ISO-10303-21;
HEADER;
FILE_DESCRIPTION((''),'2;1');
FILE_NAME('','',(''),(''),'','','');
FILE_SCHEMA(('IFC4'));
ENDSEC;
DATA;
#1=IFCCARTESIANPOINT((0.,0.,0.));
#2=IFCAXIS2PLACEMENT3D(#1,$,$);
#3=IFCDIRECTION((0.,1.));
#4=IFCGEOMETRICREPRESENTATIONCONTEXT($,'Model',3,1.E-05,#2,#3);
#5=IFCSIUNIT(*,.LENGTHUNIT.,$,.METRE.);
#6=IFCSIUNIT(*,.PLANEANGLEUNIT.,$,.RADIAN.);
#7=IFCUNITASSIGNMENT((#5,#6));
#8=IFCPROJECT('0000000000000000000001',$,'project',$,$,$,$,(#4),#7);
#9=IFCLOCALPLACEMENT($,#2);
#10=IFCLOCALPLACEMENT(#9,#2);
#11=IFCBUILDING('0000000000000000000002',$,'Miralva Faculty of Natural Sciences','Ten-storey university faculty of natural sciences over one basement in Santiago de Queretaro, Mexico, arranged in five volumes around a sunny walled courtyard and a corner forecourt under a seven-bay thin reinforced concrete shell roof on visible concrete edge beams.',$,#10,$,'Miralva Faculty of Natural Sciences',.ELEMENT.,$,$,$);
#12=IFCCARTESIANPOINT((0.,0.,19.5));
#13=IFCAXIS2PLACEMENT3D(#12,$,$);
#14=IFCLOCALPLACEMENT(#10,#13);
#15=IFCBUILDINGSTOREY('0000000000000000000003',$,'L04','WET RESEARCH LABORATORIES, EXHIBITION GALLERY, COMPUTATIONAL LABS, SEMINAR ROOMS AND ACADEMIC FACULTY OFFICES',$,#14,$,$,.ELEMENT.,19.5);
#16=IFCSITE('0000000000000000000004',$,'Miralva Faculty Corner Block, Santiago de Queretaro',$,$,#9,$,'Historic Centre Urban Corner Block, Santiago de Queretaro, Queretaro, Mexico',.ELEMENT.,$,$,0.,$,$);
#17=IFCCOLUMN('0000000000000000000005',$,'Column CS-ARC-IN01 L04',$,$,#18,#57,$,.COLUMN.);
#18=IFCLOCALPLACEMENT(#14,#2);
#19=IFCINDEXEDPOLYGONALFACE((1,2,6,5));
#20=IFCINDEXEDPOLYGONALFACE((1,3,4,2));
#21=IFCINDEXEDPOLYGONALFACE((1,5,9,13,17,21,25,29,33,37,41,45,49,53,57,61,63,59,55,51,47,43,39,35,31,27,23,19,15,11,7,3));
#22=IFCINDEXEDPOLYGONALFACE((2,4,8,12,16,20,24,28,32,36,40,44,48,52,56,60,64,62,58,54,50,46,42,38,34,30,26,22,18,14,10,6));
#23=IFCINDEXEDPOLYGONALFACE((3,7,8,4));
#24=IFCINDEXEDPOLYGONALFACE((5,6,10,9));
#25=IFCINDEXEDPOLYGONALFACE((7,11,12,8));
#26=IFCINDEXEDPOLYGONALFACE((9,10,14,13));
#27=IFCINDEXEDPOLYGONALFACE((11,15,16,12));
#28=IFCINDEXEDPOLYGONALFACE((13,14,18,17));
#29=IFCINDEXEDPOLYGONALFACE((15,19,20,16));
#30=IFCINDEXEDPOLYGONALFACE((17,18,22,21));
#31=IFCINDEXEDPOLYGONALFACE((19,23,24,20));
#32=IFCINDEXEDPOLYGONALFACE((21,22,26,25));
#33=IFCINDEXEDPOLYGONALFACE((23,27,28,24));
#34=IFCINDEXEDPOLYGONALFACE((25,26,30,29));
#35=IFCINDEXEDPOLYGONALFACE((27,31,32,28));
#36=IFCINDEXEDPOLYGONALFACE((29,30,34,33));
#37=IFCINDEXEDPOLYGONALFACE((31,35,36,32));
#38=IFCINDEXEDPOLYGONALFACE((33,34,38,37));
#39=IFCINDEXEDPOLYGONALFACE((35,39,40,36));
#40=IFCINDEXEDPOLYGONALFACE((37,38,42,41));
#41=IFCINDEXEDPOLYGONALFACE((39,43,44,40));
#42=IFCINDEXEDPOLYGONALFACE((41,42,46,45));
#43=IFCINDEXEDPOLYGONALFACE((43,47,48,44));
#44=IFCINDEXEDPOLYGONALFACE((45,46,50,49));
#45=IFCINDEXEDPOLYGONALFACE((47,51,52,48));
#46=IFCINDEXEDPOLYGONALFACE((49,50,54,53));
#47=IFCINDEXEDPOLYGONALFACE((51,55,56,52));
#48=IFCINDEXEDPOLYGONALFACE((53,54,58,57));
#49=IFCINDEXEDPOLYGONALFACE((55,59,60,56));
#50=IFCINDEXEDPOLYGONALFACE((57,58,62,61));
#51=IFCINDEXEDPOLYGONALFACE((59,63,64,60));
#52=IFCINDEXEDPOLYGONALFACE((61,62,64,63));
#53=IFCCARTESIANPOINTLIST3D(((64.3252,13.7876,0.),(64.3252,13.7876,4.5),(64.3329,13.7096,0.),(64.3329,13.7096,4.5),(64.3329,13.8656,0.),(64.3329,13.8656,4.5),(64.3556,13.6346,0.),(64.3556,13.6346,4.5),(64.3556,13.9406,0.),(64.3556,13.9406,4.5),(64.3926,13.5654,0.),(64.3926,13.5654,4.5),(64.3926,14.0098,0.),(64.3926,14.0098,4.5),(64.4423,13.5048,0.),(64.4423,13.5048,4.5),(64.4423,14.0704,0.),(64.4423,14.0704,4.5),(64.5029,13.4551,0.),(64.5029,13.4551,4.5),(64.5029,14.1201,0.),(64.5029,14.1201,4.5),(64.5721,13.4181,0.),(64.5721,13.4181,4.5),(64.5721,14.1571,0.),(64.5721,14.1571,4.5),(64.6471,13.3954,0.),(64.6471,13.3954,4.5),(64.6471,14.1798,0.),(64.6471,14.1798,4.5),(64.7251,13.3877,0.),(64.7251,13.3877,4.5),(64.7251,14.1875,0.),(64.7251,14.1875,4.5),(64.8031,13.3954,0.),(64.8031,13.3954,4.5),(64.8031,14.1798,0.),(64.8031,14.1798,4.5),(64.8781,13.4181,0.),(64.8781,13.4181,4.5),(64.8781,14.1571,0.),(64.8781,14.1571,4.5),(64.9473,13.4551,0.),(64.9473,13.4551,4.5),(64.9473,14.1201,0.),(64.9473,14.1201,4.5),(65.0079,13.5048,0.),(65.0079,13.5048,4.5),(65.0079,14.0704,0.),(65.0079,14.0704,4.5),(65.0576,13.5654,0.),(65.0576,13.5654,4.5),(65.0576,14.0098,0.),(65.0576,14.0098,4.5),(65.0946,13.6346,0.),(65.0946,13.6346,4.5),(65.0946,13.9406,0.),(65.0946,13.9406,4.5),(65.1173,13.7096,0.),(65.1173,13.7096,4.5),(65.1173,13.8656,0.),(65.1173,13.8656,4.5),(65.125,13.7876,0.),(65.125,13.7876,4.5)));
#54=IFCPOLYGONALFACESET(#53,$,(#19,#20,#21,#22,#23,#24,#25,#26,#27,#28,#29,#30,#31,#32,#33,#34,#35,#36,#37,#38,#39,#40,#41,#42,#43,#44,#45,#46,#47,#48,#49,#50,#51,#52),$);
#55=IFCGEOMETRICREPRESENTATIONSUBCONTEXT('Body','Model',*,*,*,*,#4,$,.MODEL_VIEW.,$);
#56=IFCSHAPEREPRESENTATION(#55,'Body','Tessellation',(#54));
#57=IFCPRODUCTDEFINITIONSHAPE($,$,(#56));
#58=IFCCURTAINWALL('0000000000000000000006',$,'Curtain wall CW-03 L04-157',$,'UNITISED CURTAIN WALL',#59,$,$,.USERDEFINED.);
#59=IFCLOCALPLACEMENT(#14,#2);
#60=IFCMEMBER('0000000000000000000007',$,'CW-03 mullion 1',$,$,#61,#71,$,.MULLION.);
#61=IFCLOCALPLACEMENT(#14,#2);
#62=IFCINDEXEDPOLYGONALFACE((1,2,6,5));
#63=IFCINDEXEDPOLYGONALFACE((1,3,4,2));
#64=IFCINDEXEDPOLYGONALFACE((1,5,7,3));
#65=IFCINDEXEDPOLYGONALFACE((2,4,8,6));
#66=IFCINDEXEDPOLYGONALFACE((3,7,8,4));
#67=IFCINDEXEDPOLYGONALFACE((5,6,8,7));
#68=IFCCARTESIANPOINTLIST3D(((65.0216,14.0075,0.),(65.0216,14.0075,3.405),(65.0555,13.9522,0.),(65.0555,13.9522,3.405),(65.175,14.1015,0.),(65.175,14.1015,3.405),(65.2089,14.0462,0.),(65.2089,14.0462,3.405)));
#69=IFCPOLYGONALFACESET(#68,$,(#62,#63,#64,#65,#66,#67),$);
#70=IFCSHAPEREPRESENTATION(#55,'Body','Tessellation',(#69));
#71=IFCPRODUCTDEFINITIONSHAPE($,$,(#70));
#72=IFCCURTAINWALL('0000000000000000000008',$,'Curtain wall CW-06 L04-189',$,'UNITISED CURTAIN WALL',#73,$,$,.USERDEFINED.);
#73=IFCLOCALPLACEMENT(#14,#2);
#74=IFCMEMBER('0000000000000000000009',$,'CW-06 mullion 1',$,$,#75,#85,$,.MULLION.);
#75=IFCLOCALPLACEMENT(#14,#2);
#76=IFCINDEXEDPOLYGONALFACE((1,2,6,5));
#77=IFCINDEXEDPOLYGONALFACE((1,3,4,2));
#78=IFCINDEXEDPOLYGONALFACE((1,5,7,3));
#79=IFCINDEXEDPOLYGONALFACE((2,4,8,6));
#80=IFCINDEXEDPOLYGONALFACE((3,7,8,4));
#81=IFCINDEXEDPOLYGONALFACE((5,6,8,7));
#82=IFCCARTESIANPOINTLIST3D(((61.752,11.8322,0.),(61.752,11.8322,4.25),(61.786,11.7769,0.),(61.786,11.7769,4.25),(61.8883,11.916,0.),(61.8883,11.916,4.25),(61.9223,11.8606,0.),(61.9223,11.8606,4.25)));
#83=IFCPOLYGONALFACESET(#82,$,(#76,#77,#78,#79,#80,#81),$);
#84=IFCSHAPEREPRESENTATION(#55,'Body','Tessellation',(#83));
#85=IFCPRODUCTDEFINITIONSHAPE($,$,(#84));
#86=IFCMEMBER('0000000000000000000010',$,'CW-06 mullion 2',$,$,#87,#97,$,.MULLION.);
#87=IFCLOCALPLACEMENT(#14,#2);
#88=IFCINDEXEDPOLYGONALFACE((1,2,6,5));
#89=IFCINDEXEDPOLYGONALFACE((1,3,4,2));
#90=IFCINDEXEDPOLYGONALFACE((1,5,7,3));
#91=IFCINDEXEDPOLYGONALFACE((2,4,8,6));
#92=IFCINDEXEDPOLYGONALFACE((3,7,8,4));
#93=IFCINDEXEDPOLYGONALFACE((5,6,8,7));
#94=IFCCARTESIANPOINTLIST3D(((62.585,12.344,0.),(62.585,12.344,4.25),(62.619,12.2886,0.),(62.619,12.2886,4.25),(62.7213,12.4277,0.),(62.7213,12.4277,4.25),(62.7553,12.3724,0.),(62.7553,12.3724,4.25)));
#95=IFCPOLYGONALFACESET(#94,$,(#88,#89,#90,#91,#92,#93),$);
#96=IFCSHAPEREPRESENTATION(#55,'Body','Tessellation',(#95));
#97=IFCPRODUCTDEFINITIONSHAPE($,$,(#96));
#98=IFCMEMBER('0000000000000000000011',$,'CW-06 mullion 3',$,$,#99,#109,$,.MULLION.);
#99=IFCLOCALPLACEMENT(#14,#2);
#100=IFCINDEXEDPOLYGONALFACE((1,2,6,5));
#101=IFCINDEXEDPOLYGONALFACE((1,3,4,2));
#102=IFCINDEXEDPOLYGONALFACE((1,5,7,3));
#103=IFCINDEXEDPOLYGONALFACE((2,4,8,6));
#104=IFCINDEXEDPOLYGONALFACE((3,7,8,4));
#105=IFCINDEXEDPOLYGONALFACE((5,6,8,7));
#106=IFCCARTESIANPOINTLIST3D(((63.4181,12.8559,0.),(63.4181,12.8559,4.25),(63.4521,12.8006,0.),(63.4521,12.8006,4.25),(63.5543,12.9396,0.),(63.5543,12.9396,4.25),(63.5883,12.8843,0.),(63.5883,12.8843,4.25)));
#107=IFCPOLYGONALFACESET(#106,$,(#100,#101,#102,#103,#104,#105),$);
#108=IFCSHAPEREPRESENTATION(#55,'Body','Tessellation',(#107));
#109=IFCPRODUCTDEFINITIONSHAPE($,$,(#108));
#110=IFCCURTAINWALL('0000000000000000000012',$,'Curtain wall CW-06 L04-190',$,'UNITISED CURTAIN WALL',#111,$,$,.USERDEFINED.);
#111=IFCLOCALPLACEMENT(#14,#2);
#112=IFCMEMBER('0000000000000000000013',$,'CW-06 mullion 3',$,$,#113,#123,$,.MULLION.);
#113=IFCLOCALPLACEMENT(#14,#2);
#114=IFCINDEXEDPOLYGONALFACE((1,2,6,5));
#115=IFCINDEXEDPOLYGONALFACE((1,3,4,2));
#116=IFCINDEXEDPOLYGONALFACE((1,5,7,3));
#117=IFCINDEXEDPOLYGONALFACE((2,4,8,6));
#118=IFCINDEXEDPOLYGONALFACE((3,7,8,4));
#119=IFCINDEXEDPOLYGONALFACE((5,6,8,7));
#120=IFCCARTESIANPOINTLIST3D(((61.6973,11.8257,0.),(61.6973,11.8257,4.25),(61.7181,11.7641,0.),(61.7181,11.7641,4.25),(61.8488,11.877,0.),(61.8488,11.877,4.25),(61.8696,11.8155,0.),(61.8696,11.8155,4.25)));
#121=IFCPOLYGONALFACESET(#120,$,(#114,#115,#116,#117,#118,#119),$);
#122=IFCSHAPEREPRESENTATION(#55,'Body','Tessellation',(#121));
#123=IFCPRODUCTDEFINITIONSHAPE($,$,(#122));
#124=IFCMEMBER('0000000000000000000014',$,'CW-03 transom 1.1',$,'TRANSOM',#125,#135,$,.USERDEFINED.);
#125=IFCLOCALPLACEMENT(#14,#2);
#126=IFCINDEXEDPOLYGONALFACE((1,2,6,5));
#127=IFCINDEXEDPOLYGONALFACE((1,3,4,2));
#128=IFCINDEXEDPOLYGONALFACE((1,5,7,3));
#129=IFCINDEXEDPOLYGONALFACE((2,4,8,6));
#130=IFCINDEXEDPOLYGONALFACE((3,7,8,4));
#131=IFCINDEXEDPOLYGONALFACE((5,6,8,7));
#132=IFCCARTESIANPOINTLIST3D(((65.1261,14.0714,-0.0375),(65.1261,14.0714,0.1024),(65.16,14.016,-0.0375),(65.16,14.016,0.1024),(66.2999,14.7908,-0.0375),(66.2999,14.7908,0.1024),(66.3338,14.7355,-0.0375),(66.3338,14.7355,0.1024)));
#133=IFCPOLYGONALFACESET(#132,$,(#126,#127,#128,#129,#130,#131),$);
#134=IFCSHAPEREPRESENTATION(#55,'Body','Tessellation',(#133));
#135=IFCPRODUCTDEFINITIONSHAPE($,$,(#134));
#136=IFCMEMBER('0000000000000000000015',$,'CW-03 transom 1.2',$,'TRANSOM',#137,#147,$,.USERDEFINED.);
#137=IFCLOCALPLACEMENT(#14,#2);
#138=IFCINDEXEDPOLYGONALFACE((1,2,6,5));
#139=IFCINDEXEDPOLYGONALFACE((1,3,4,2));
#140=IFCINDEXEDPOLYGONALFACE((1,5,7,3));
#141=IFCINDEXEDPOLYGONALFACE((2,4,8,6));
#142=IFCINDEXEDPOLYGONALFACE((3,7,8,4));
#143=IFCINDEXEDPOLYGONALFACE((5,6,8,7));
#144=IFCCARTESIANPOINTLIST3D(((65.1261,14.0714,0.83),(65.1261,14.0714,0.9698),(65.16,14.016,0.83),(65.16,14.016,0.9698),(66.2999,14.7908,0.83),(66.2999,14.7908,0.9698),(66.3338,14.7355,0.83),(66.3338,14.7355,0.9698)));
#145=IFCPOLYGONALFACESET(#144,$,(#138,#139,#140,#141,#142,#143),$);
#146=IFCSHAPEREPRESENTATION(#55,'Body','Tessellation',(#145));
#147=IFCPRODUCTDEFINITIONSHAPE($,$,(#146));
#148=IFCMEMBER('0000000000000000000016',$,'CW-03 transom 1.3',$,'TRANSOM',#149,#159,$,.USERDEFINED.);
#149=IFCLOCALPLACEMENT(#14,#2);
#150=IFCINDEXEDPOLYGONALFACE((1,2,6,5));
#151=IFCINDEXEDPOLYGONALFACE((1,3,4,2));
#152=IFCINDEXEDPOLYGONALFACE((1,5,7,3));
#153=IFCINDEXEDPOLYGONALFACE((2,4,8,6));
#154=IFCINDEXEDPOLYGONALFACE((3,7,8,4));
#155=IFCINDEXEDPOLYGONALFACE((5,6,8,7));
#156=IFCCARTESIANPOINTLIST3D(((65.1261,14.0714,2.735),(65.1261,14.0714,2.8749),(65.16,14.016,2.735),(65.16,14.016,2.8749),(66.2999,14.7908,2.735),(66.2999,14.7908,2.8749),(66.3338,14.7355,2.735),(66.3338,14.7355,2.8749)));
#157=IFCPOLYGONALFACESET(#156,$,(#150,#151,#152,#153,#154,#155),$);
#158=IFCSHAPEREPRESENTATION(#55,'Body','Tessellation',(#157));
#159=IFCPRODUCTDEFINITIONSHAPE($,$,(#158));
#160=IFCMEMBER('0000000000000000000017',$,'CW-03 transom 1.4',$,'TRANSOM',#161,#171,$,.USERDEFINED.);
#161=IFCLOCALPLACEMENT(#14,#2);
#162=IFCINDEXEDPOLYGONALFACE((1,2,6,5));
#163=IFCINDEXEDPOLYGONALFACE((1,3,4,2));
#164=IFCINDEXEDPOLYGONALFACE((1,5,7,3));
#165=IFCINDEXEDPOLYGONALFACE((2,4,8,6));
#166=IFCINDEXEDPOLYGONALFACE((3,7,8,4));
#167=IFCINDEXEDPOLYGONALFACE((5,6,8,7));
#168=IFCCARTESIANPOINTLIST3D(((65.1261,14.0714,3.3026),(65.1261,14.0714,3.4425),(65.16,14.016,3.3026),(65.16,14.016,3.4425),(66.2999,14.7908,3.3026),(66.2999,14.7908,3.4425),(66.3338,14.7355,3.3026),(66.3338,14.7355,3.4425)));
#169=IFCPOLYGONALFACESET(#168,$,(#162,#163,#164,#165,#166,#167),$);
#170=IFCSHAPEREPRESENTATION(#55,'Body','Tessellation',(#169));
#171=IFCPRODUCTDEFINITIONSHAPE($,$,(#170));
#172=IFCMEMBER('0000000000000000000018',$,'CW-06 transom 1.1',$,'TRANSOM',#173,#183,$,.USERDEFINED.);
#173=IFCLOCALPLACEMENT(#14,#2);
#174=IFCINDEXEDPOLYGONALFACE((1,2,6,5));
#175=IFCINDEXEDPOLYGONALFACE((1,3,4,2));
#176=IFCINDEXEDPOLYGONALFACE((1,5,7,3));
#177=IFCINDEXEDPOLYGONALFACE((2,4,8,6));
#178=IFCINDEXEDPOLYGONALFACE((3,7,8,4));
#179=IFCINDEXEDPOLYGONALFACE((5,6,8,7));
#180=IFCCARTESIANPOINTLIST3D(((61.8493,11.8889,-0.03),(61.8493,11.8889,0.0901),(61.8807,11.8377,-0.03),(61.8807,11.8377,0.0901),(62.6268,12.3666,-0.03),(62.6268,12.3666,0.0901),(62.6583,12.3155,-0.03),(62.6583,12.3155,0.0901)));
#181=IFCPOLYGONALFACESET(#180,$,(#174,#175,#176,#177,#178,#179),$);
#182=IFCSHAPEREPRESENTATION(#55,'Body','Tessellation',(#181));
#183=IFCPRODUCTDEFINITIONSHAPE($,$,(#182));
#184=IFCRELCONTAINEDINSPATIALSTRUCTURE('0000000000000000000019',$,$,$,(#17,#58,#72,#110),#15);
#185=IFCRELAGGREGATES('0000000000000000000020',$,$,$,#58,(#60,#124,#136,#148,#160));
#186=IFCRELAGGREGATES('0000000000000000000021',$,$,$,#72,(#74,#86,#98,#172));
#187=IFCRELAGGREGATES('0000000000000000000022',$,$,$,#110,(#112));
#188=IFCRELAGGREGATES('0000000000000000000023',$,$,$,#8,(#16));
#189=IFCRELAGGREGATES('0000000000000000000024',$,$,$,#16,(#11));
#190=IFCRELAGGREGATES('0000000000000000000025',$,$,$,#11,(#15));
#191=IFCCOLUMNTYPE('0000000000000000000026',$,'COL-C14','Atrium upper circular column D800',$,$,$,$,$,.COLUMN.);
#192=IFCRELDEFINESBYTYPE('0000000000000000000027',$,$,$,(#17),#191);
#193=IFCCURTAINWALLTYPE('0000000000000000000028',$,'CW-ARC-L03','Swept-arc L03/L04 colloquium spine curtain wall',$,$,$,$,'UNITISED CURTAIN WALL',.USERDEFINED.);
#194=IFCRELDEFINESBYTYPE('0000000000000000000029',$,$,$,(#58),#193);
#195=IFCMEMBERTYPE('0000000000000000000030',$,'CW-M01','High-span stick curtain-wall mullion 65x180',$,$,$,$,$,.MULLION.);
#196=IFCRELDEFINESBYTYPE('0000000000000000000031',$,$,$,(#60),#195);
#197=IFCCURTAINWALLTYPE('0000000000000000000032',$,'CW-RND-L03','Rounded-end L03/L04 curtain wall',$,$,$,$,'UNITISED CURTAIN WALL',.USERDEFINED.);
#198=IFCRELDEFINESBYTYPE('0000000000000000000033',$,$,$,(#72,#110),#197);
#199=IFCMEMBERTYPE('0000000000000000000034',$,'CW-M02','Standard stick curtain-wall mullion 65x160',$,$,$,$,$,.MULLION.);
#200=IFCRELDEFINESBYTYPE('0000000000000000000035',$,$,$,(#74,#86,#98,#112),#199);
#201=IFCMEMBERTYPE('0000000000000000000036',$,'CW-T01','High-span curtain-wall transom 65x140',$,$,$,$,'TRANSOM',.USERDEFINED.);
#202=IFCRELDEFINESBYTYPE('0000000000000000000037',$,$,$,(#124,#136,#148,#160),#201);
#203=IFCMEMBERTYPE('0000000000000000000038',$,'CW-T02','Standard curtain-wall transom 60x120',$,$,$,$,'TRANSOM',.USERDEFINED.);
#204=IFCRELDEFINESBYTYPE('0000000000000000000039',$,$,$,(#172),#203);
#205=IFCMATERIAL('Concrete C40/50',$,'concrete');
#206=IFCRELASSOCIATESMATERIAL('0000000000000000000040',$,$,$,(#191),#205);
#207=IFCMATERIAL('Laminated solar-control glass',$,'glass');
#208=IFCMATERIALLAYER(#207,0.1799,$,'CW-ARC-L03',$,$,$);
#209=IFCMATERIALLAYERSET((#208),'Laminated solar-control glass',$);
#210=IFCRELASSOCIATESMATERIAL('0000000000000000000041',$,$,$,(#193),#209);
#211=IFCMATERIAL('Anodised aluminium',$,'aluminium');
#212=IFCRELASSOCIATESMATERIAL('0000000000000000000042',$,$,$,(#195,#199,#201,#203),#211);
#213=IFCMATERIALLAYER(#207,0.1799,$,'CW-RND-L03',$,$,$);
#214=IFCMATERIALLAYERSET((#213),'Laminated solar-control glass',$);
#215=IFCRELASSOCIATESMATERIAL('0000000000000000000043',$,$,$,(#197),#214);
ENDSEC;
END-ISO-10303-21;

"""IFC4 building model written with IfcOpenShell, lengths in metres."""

from ifc_helpers import new_model, si_unit, direction, frame, origin, origin_2d, place, context, subcontext, project, spatial, rectangle, circle, extrude, material, layer, layer_set, material_profile, profile_set, type_object, element, aggregate, save


model = new_model("IFC4")

# Units and contexts
model_context = context("Model", 3, precision=1e-05, world=origin(), true_north=direction((0.0, 1.0)))
body_context = subcontext(model_context, "Body", "Model", "MODEL_VIEW")
ifc_project = project(units=[si_unit("LENGTHUNIT", "METRE"), si_unit("PLANEANGLEUNIT", "RADIAN")], contexts=[model_context])

# Site, building, storey
site_placement = place(None, origin())
site = spatial("IfcSite", under=ifc_project, at=site_placement, Name="Miralva Faculty Corner Block, Santiago de Queretaro", LongName="Historic Centre Urban Corner Block, Santiago de Queretaro, Queretaro, Mexico", CompositionType="ELEMENT", RefElevation=0.0)
building_placement = place(site_placement, origin())
building = spatial("IfcBuilding", under=site, at=building_placement, Name="Miralva Faculty of Natural Sciences", Description="Ten-storey university faculty of natural sciences over one basement in Santiago de Queretaro, Mexico, arranged in five volumes around a sunny walled courtyard and a corner forecourt under a seven-bay thin reinforced concrete shell roof on visible concrete edge beams.", LongName="Miralva Faculty of Natural Sciences", CompositionType="ELEMENT")
storey_placement = place(building_placement, frame((0.0, 0.0, 19.5)))
storey = spatial("IfcBuildingStorey", under=building, at=storey_placement, Name="L04", Description="WET RESEARCH LABORATORIES, EXHIBITION GALLERY, COMPUTATIONAL LABS, SEMINAR ROOMS AND ACADEMIC FACULTY OFFICES", CompositionType="ELEMENT", Elevation=19.5)

# Column
ifc_material_1 = material(Name="Concrete C40/50", Category="concrete")
ifc_material_profile_1 = material_profile(ifc_material_1, circle(Radius=0.3999, at=origin_2d()), Name="RC DIA 800")
ifc_profile_set_1 = profile_set([ifc_material_profile_1], Name="Concrete C40/50")
column_type = type_object("IfcColumnType", Name="COL-C14", Description="Atrium upper circular column D800", PredefinedType="COLUMN", material=ifc_profile_set_1)
column_placement = place(storey_placement, frame((64.7251, 13.7876, 0.0), z_axis=(0.0, 0.0, 1.0), x_axis=(1.0, 0.0, 0.0)))
element("IfcColumn", 1, at=column_placement, inside=storey, type_object=column_type, Name="Column CS-ARC-IN01 L04", PredefinedType="COLUMN", context=body_context, shape_type="SweptSolid", body=[
    extrude(circle(Radius=0.3999, at=origin_2d()), origin(), (0.0, 0.0, 1.0), 4.5),
])

# Curtain wall, member
ifc_material_2 = material(Name="Laminated solar-control glass", Category="glass")
ifc_layer_1 = layer(ifc_material_2, 0.1799, Name="CW-ARC-L03")
ifc_layer_set_1 = layer_set([ifc_layer_1], Name="Laminated solar-control glass")
curtain_wall_type_1 = type_object("IfcCurtainWallType", Name="CW-ARC-L03", Description="Swept-arc L03/L04 colloquium spine curtain wall", ElementType="UNITISED CURTAIN WALL", PredefinedType="USERDEFINED", material=ifc_layer_set_1)
curtain_wall_1_placement = place(storey_placement, origin())
curtain_wall_1 = element("IfcCurtainWall", 2, at=curtain_wall_1_placement, inside=storey, type_object=curtain_wall_type_1, Name="Curtain wall CW-03 L04-157", ObjectType="UNITISED CURTAIN WALL", PredefinedType="USERDEFINED")
ifc_material_3 = material(Name="Anodised aluminium", Category="aluminium")
ifc_material_profile_2 = material_profile(ifc_material_3, rectangle(XDim=0.0649, YDim=0.1799, at=origin_2d()), Name="MULLION 65x180")
ifc_profile_set_2 = profile_set([ifc_material_profile_2], Name="Anodised aluminium")
member_type_1 = type_object("IfcMemberType", Name="CW-M01", Description="High-span stick curtain-wall mullion 65x180", PredefinedType="MULLION", material=ifc_profile_set_2)
member_1_placement = place(storey_placement, frame((65.1152, 14.0269, 0.0), z_axis=(0.0, 0.0, 1.0), x_axis=(-0.522498, 0.852641, 0.0)))
member_1 = element("IfcMember", 3, at=member_1_placement, type_object=member_type_1, Name="CW-03 mullion 1", PredefinedType="MULLION", context=body_context, shape_type="SweptSolid", body=[
    extrude(rectangle(XDim=0.0649, YDim=0.1799, at=origin_2d()), origin(), (0.0, 0.0, 1.0), 3.405),
])

# Curtain wall, members
ifc_layer_2 = layer(ifc_material_2, 0.1799, Name="CW-RND-L03")
ifc_layer_set_2 = layer_set([ifc_layer_2], Name="Laminated solar-control glass")
curtain_wall_type_2 = type_object("IfcCurtainWallType", Name="CW-RND-L03", Description="Rounded-end L03/L04 curtain wall", ElementType="UNITISED CURTAIN WALL", PredefinedType="USERDEFINED", material=ifc_layer_set_2)
curtain_wall_2_placement = place(storey_placement, origin())
curtain_wall_2 = element("IfcCurtainWall", 4, at=curtain_wall_2_placement, inside=storey, type_object=curtain_wall_type_2, Name="Curtain wall CW-06 L04-189", ObjectType="UNITISED CURTAIN WALL", PredefinedType="USERDEFINED")
ifc_material_profile_3 = material_profile(ifc_material_3, rectangle(XDim=0.0649, YDim=0.1599, at=origin_2d()), Name="MULLION 65x160")
ifc_profile_set_3 = profile_set([ifc_material_profile_3], Name="Anodised aluminium")
member_type_2 = type_object("IfcMemberType", Name="CW-M02", Description="Standard stick curtain-wall mullion 65x160", PredefinedType="MULLION", material=ifc_profile_set_3)
member_2_placement = place(storey_placement, frame((61.8372, 11.8464, 0.0), z_axis=(0.0, 0.0, 1.0), x_axis=(-0.523551, 0.851995, 0.0)))
member_2 = element("IfcMember", 5, at=member_2_placement, type_object=member_type_2, Name="CW-06 mullion 1", PredefinedType="MULLION", context=body_context, shape_type="SweptSolid", body=[
    extrude(rectangle(XDim=0.0649, YDim=0.1599, at=origin_2d()), origin(), (0.0, 0.0, 1.0), 4.25),
])
member_3_placement = place(storey_placement, frame((62.6702, 12.3582, 0.0), z_axis=(0.0, 0.0, 1.0), x_axis=(-0.523551, 0.851995, 0.0)))
member_3 = element("IfcMember", 6, at=member_3_placement, type_object=member_type_2, Name="CW-06 mullion 2", PredefinedType="MULLION", context=body_context, shape_type="SweptSolid", body=[
    extrude(rectangle(XDim=0.0649, YDim=0.1599, at=origin_2d()), origin(), (0.0, 0.0, 1.0), 4.25),
])
member_4_placement = place(storey_placement, frame((63.5032, 12.8701, 0.0), z_axis=(0.0, 0.0, 1.0), x_axis=(-0.523551, 0.851995, 0.0)))
member_4 = element("IfcMember", 7, at=member_4_placement, type_object=member_type_2, Name="CW-06 mullion 3", PredefinedType="MULLION", context=body_context, shape_type="SweptSolid", body=[
    extrude(rectangle(XDim=0.0649, YDim=0.1599, at=origin_2d()), origin(), (0.0, 0.0, 1.0), 4.25),
])

# Curtain wall, member
curtain_wall_3_placement = place(storey_placement, origin())
curtain_wall_3 = element("IfcCurtainWall", 8, at=curtain_wall_3_placement, inside=storey, type_object=curtain_wall_type_2, Name="Curtain wall CW-06 L04-190", ObjectType="UNITISED CURTAIN WALL", PredefinedType="USERDEFINED")
member_5_placement = place(storey_placement, frame((61.7834, 11.8206, 0.0), z_axis=(0.0, 0.0, 1.0), x_axis=(-0.320842, 0.947133, 0.0)))
member_5 = element("IfcMember", 9, at=member_5_placement, type_object=member_type_2, Name="CW-06 mullion 3", PredefinedType="MULLION", context=body_context, shape_type="SweptSolid", body=[
    extrude(rectangle(XDim=0.0649, YDim=0.1599, at=origin_2d()), origin(), (0.0, 0.0, 1.0), 4.25),
])

# Members
ifc_material_profile_4 = material_profile(ifc_material_3, rectangle(XDim=0.0649, YDim=0.1399, at=origin_2d()), Name="TRANSOM 65x140")
ifc_profile_set_4 = profile_set([ifc_material_profile_4], Name="Anodised aluminium")
member_type_3 = type_object("IfcMemberType", Name="CW-T01", Description="High-span curtain-wall transom 65x140", ElementType="TRANSOM", PredefinedType="USERDEFINED", material=ifc_profile_set_4)
member_6_placement = place(storey_placement, frame((65.1431, 14.0437, 0.0325), z_axis=(0.852589, 0.522583, 0.0), x_axis=(-0.522583, 0.852589, 0.0)))
member_6 = element("IfcMember", 10, at=member_6_placement, type_object=member_type_3, Name="CW-03 transom 1.1", ObjectType="TRANSOM", PredefinedType="USERDEFINED", context=body_context, shape_type="SweptSolid", body=[
    extrude(rectangle(XDim=0.0649, YDim=0.1399, at=origin_2d()), origin(), (0.0, 0.0, 1.0), 1.3767),
])
member_7_placement = place(storey_placement, frame((65.1431, 14.0437, 0.8999), z_axis=(0.852589, 0.522583, 0.0), x_axis=(-0.522583, 0.852589, 0.0)))
member_7 = element("IfcMember", 11, at=member_7_placement, type_object=member_type_3, Name="CW-03 transom 1.2", ObjectType="TRANSOM", PredefinedType="USERDEFINED", context=body_context, shape_type="SweptSolid", body=[
    extrude(rectangle(XDim=0.0649, YDim=0.1399, at=origin_2d()), origin(), (0.0, 0.0, 1.0), 1.3767),
])
member_8_placement = place(storey_placement, frame((65.1431, 14.0437, 2.8049), z_axis=(0.852589, 0.522583, 0.0), x_axis=(-0.522583, 0.852589, 0.0)))
member_8 = element("IfcMember", 12, at=member_8_placement, type_object=member_type_3, Name="CW-03 transom 1.3", ObjectType="TRANSOM", PredefinedType="USERDEFINED", context=body_context, shape_type="SweptSolid", body=[
    extrude(rectangle(XDim=0.0649, YDim=0.1399, at=origin_2d()), origin(), (0.0, 0.0, 1.0), 1.3767),
])
member_9_placement = place(storey_placement, frame((65.1431, 14.0437, 3.3726), z_axis=(0.852589, 0.522583, 0.0), x_axis=(-0.522583, 0.852589, 0.0)))
member_9 = element("IfcMember", 13, at=member_9_placement, type_object=member_type_3, Name="CW-03 transom 1.4", ObjectType="TRANSOM", PredefinedType="USERDEFINED", context=body_context, shape_type="SweptSolid", body=[
    extrude(rectangle(XDim=0.0649, YDim=0.1399, at=origin_2d()), origin(), (0.0, 0.0, 1.0), 1.3767),
])
ifc_material_profile_5 = material_profile(ifc_material_3, rectangle(XDim=0.0601, YDim=0.1201, at=origin_2d()), Name="TRANSOM 60x120")
ifc_profile_set_5 = profile_set([ifc_material_profile_5], Name="Anodised aluminium")
member_type_4 = type_object("IfcMemberType", Name="CW-T02", Description="Standard curtain-wall transom 60x120", ElementType="TRANSOM", PredefinedType="USERDEFINED", material=ifc_profile_set_5)
member_10_placement = place(storey_placement, frame((61.865, 11.8633, 0.03), z_axis=(0.852016, 0.523515, 0.0), x_axis=(-0.523515, 0.852016, 0.0)))
member_10 = element("IfcMember", 14, at=member_10_placement, type_object=member_type_4, Name="CW-06 transom 1.1", ObjectType="TRANSOM", PredefinedType="USERDEFINED", context=body_context, shape_type="SweptSolid", body=[
    extrude(rectangle(XDim=0.0601, YDim=0.1201, at=origin_2d()), origin(), (0.0, 0.0, 1.0), 0.9126),
])

aggregate(curtain_wall_1, [member_1, member_6, member_7, member_8, member_9])
aggregate(curtain_wall_2, [member_2, member_3, member_4, member_10])
aggregate(curtain_wall_3, [member_5])

save(model, "model.ifc")
